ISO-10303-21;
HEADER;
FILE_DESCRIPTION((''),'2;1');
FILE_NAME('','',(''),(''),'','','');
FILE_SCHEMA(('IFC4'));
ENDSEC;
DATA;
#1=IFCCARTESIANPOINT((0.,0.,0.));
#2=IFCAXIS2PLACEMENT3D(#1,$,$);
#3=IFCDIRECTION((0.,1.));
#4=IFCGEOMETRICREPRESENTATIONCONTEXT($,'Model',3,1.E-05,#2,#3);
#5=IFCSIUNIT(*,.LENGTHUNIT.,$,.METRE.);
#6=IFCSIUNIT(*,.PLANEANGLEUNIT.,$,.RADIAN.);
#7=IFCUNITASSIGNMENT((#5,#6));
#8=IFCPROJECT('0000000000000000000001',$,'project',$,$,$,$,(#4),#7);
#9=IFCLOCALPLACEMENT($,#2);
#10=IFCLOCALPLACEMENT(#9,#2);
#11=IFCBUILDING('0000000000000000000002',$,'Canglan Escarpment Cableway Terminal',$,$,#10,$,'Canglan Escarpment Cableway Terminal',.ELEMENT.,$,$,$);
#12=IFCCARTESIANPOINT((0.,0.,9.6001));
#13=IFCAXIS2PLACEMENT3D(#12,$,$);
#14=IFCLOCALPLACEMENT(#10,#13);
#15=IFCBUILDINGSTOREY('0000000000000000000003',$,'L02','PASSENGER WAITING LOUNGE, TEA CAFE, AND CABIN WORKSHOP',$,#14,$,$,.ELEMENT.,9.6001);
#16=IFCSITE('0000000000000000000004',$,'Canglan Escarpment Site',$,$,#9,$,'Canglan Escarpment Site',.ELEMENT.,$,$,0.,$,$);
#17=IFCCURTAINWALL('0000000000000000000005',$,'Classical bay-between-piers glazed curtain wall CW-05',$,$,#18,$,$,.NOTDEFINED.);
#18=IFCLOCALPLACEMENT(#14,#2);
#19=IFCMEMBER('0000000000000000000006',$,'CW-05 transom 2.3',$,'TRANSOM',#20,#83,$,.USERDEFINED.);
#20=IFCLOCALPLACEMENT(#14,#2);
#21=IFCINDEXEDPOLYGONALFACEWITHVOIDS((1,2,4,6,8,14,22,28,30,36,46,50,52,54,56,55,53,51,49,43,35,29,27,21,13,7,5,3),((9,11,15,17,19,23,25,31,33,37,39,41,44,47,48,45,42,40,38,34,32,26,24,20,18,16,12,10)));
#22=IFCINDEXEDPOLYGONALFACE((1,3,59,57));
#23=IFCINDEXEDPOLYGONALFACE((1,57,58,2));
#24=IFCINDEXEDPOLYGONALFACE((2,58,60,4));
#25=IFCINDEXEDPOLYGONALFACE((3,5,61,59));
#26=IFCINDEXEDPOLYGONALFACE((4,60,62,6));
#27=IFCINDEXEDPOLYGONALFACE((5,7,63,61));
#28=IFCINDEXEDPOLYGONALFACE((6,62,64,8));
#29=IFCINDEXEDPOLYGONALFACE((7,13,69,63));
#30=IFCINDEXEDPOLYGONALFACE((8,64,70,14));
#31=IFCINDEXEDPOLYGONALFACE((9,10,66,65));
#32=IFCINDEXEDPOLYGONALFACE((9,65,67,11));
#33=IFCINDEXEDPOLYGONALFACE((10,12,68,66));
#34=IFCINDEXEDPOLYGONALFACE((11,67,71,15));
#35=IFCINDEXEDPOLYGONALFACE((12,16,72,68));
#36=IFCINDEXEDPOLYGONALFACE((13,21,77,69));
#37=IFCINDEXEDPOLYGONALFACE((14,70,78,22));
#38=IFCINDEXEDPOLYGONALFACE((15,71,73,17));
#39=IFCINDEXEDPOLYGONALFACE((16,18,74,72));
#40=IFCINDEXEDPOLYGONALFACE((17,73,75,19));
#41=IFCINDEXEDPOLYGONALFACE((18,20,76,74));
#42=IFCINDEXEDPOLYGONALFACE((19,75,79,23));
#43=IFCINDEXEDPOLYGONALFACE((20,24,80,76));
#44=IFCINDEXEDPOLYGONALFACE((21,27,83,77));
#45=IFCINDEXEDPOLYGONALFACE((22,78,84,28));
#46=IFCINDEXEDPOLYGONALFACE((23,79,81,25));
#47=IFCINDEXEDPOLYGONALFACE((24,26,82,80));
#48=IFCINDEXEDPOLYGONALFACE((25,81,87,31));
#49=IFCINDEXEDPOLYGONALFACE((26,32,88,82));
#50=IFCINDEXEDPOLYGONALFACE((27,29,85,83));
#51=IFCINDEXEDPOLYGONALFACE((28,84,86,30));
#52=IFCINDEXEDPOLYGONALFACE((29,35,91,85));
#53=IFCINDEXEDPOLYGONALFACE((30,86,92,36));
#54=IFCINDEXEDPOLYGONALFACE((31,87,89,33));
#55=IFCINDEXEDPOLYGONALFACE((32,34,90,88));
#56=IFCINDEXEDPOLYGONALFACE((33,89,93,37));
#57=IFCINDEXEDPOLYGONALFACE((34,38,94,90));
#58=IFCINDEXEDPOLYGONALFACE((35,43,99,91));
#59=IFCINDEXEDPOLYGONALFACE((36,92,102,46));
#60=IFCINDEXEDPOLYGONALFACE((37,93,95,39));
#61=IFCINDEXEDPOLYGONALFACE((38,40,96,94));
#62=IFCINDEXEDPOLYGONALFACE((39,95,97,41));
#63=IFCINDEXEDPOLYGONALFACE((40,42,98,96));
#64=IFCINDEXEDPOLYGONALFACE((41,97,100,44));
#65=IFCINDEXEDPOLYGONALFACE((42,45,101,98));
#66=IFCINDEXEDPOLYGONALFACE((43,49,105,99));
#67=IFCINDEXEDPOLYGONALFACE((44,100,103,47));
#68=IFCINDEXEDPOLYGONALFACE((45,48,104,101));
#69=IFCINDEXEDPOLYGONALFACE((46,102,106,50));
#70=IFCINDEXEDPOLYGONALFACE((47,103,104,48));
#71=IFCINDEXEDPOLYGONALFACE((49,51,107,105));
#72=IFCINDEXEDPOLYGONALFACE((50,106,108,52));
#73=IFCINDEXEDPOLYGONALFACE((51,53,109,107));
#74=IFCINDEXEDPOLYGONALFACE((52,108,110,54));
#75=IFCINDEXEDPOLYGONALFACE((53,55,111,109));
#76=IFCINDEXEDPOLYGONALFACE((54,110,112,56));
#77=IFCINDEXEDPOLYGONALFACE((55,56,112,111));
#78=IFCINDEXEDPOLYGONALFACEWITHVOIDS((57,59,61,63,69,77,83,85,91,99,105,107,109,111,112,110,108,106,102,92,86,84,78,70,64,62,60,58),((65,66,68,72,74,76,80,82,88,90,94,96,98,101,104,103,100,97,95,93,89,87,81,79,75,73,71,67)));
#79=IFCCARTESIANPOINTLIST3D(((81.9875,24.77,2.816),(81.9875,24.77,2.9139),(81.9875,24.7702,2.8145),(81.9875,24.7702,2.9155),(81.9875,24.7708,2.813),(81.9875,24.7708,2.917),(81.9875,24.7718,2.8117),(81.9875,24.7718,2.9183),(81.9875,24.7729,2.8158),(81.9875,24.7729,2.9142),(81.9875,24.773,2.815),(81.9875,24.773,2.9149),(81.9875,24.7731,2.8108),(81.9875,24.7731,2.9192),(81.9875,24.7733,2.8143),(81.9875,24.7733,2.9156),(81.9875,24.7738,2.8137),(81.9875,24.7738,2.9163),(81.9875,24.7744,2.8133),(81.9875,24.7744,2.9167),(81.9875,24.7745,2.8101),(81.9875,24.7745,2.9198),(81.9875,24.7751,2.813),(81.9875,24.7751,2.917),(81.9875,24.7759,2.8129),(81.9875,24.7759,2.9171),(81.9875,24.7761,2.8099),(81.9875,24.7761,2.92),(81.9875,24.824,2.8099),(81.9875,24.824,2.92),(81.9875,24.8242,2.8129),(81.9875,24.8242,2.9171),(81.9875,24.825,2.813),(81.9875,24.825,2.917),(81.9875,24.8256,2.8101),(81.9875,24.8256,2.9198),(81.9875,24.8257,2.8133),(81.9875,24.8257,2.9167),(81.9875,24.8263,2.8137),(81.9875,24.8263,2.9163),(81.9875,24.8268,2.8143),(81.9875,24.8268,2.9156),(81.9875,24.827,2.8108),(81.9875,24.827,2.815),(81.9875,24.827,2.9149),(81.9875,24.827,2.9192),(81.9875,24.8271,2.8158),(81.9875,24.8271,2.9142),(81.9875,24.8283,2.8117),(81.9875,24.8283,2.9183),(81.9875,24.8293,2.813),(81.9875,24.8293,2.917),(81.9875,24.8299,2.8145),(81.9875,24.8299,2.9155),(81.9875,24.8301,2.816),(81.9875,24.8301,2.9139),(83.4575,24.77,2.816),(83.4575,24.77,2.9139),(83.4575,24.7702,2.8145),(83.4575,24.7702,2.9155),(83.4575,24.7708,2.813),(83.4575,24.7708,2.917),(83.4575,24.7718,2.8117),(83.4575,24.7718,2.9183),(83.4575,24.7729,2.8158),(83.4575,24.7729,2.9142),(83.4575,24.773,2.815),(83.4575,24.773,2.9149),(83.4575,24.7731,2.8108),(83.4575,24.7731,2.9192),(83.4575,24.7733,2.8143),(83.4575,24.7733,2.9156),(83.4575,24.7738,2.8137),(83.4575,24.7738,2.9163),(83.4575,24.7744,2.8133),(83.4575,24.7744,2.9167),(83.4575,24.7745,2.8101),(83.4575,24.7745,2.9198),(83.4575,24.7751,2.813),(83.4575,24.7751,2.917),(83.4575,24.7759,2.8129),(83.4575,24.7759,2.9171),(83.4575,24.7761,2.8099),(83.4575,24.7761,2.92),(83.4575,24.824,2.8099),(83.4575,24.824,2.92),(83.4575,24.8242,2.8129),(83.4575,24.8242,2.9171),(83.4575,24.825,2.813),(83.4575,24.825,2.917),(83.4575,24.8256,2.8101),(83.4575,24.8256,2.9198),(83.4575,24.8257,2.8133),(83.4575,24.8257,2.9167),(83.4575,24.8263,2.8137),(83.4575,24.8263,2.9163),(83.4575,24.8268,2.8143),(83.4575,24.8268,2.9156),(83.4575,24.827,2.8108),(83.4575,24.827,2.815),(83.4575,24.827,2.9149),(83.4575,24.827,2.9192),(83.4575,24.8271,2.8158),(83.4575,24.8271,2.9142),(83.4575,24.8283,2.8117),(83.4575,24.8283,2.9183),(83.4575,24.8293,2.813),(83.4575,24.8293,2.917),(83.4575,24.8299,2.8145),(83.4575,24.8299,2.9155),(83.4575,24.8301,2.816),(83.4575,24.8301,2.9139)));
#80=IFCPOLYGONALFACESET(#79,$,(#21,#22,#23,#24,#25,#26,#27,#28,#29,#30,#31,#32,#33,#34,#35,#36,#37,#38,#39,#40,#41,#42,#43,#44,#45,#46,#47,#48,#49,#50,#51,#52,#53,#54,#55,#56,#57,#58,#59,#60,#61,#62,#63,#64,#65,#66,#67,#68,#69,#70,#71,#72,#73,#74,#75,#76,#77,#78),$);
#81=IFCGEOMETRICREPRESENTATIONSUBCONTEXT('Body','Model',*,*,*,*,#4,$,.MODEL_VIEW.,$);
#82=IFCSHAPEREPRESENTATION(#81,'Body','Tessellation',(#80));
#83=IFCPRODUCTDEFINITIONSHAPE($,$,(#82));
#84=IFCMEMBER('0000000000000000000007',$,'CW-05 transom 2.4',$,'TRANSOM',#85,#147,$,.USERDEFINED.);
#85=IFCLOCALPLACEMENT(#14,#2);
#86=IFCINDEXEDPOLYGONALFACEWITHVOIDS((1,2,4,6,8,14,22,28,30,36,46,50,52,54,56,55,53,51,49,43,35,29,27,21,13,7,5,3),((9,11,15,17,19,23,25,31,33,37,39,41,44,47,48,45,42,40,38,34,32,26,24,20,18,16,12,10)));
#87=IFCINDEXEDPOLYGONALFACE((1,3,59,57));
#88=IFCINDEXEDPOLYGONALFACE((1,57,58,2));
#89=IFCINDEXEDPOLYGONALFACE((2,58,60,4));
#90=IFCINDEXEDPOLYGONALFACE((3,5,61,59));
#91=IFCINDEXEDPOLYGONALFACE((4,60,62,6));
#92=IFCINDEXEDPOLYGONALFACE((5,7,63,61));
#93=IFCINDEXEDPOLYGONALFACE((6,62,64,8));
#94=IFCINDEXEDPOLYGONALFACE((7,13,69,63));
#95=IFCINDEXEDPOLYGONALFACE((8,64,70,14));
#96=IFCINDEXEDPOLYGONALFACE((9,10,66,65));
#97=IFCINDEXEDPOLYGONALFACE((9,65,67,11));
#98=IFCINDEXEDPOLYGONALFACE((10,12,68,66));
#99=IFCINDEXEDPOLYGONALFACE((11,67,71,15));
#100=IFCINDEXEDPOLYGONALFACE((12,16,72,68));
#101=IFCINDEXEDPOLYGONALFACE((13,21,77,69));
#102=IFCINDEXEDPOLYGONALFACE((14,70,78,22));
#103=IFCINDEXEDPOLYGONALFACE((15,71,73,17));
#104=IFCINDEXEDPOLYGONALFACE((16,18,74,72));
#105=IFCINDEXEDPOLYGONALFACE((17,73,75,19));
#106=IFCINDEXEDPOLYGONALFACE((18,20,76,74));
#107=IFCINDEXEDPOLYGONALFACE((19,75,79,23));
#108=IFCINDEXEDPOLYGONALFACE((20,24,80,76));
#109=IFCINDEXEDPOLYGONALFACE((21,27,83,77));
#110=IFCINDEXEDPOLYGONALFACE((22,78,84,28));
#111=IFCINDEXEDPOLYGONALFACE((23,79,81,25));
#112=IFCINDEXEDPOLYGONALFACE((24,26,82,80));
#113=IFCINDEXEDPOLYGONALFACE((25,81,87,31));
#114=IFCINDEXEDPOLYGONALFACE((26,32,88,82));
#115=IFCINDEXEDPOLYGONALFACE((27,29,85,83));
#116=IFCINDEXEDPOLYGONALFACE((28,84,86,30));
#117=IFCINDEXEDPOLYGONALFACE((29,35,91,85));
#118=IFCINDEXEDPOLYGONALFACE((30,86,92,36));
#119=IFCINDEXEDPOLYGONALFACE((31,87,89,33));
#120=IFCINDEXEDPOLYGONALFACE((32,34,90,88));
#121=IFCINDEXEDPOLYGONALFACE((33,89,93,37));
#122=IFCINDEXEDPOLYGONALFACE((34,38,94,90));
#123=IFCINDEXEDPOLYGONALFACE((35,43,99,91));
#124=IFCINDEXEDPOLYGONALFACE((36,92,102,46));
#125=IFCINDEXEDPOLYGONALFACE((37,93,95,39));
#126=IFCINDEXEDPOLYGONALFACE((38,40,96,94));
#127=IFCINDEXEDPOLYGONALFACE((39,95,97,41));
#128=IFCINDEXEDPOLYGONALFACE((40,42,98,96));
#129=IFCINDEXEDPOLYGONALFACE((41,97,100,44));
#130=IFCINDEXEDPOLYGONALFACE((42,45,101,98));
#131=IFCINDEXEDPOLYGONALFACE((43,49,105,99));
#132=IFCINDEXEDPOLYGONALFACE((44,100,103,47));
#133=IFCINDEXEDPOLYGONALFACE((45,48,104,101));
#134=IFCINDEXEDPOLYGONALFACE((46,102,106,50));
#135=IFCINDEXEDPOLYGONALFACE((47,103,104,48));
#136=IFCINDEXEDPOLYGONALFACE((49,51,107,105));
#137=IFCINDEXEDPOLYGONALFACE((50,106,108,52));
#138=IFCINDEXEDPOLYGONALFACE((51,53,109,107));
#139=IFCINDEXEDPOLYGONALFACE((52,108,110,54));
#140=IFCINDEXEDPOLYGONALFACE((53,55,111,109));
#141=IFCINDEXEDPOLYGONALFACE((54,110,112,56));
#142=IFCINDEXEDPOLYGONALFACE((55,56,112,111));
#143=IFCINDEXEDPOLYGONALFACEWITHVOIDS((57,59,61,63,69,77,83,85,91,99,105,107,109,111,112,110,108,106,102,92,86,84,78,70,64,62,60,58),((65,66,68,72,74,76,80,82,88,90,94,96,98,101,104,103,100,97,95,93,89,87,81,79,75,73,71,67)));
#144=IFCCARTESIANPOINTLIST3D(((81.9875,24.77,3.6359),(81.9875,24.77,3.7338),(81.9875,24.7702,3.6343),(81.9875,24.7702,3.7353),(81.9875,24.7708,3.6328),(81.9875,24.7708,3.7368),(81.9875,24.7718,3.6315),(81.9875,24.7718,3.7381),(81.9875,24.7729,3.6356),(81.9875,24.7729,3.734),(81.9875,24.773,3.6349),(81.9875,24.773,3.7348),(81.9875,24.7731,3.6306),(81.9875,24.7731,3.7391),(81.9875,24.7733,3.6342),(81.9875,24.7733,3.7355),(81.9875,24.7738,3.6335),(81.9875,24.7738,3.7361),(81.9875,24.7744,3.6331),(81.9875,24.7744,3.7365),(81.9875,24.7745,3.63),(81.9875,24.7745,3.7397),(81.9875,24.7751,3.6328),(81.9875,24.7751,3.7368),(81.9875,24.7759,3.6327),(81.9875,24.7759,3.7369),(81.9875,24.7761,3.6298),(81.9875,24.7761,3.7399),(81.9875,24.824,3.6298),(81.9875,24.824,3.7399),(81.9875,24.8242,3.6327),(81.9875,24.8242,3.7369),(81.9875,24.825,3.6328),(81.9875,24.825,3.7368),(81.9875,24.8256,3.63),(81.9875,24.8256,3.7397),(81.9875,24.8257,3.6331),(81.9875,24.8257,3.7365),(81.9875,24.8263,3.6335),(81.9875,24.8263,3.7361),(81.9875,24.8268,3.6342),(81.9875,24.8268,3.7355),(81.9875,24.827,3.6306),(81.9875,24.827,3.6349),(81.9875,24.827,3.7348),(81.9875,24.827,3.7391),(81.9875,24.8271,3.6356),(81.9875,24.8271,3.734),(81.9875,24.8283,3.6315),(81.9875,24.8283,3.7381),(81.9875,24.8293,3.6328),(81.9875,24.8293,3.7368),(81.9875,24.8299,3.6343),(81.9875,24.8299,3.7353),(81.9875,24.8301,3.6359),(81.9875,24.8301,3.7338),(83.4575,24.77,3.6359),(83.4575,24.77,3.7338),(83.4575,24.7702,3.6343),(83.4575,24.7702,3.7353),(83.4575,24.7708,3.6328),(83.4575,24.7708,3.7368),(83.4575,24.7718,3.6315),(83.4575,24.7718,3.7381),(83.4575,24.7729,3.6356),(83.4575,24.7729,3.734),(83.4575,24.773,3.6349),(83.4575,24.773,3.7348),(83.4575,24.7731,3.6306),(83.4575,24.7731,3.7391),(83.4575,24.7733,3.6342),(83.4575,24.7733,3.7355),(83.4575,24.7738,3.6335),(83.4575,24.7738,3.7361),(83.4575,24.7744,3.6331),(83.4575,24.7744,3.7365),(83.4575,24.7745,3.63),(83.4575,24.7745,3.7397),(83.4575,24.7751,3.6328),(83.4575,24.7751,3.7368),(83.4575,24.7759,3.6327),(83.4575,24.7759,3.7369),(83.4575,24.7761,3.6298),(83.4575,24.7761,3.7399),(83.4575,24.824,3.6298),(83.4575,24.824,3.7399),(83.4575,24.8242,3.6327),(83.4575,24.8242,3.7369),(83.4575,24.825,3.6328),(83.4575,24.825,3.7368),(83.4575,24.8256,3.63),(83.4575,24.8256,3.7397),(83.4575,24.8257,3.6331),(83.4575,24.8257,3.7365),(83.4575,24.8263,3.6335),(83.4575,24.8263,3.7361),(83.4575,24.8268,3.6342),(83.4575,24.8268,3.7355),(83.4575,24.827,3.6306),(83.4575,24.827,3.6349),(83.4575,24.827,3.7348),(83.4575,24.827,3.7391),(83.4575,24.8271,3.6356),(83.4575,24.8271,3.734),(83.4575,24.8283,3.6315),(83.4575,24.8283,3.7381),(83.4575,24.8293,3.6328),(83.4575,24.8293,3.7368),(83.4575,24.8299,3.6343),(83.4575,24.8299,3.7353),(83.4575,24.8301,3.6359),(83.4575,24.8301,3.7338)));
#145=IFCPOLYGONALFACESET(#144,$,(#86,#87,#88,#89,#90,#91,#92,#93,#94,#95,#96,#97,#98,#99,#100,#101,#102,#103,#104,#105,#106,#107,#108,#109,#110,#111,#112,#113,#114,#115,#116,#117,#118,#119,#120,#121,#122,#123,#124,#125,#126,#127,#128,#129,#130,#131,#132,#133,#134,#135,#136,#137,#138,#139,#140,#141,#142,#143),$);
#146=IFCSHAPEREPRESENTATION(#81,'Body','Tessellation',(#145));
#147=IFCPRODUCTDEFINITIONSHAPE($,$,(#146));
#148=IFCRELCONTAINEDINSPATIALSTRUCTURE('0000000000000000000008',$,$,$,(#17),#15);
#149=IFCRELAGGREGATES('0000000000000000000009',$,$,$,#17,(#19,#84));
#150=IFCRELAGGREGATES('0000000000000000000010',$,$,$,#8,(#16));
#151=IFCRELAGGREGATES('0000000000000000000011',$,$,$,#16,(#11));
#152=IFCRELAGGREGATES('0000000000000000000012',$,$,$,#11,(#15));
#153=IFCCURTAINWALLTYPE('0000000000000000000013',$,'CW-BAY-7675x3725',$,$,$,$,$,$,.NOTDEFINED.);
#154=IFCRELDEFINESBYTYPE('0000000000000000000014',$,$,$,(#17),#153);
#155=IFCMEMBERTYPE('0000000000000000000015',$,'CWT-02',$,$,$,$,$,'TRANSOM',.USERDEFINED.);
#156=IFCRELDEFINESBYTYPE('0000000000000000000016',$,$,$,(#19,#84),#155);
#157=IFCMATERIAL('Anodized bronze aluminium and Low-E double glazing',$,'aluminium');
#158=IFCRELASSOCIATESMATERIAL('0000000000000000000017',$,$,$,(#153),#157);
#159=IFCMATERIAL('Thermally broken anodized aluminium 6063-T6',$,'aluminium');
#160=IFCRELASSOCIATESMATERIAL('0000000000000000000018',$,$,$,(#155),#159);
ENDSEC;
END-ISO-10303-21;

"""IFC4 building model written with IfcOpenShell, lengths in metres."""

from ifc_helpers import new_model, si_unit, direction, frame, origin, origin_2d, place, context, subcontext, project, spatial, hollow_rectangle, extrude, material, material_profile, profile_set, type_object, element, aggregate, save


model = new_model("IFC4")

# Units and contexts
model_context = context("Model", 3, precision=1e-05, world=origin(), true_north=direction((0.0, 1.0)))
body_context = subcontext(model_context, "Body", "Model", "MODEL_VIEW")
ifc_project = project(units=[si_unit("LENGTHUNIT", "METRE"), si_unit("PLANEANGLEUNIT", "RADIAN")], contexts=[model_context])

# Site, building, storey
site_placement = place(None, origin())
site = spatial("IfcSite", under=ifc_project, at=site_placement, Name="Canglan Escarpment Site", LongName="Canglan Escarpment Site", CompositionType="ELEMENT", RefElevation=0.0)
building_placement = place(site_placement, origin())
building = spatial("IfcBuilding", under=site, at=building_placement, Name="Canglan Escarpment Cableway Terminal", LongName="Canglan Escarpment Cableway Terminal", CompositionType="ELEMENT")
storey_placement = place(building_placement, frame((0.0, 0.0, 9.6001)))
storey = spatial("IfcBuildingStorey", under=building, at=storey_placement, Name="L02", Description="PASSENGER WAITING LOUNGE, TEA CAFE, AND CABIN WORKSHOP", CompositionType="ELEMENT", Elevation=9.6001)

# Curtain wall
ifc_material_1 = material(Name="Anodized bronze aluminium and Low-E double glazing", Category="aluminium")
curtain_wall_type = type_object("IfcCurtainWallType", Name="CW-BAY-7675x3725", PredefinedType="NOTDEFINED", material=ifc_material_1)
curtain_wall_1_placement = place(storey_placement, origin())
curtain_wall_1 = element("IfcCurtainWall", 1, at=curtain_wall_1_placement, inside=storey, type_object=curtain_wall_type, Name="Classical bay-between-piers glazed curtain wall CW-05", PredefinedType="NOTDEFINED")
ifc_material_2 = material(Name="Thermally broken anodized aluminium 6063-T6", Category="aluminium")

# Members
ifc_material_profile_1 = material_profile(ifc_material_2, hollow_rectangle(XDim=0.0601, YDim=0.1101, WallThickness=0.0029, InnerFilletRadius=0.0029, OuterFilletRadius=0.0061, at=origin_2d()), Name="ALU-TRAN 60x110x3")
ifc_profile_set_1 = profile_set([ifc_material_profile_1], Name="Thermally broken anodized aluminium 6063-T6")
member_type_1 = type_object("IfcMemberType", Name="CWT-02", ElementType="TRANSOM", PredefinedType="USERDEFINED", material=ifc_profile_set_1)
member_1_placement = place(storey_placement, frame((83.4575, 24.8, 2.865), z_axis=(-1.0, 0.0, 0.0), x_axis=(0.0, -1.0, 0.0)))
member_1 = element("IfcMember", 2, at=member_1_placement, type_object=member_type_1, Name="CW-05 transom 2.3", ObjectType="TRANSOM", PredefinedType="USERDEFINED", context=body_context, shape_type="SweptSolid", body=[
    extrude(hollow_rectangle(XDim=0.0601, YDim=0.1101, WallThickness=0.0029, InnerFilletRadius=0.0029, OuterFilletRadius=0.0061, at=origin_2d()), origin(), (0.0, 0.0, 1.0), 1.47),
])
member_2_placement = place(storey_placement, frame((83.4575, 24.8, 3.6848), z_axis=(-1.0, 0.0, 0.0), x_axis=(0.0, -1.0, 0.0)))
member_2 = element("IfcMember", 3, at=member_2_placement, type_object=member_type_1, Name="CW-05 transom 2.4", ObjectType="TRANSOM", PredefinedType="USERDEFINED", context=body_context, shape_type="SweptSolid", body=[
    extrude(hollow_rectangle(XDim=0.0601, YDim=0.1101, WallThickness=0.0029, InnerFilletRadius=0.0029, OuterFilletRadius=0.0061, at=origin_2d()), origin(), (0.0, 0.0, 1.0), 1.47),
])

aggregate(curtain_wall_1, [member_1, member_2])

save(model, "model.ifc")
